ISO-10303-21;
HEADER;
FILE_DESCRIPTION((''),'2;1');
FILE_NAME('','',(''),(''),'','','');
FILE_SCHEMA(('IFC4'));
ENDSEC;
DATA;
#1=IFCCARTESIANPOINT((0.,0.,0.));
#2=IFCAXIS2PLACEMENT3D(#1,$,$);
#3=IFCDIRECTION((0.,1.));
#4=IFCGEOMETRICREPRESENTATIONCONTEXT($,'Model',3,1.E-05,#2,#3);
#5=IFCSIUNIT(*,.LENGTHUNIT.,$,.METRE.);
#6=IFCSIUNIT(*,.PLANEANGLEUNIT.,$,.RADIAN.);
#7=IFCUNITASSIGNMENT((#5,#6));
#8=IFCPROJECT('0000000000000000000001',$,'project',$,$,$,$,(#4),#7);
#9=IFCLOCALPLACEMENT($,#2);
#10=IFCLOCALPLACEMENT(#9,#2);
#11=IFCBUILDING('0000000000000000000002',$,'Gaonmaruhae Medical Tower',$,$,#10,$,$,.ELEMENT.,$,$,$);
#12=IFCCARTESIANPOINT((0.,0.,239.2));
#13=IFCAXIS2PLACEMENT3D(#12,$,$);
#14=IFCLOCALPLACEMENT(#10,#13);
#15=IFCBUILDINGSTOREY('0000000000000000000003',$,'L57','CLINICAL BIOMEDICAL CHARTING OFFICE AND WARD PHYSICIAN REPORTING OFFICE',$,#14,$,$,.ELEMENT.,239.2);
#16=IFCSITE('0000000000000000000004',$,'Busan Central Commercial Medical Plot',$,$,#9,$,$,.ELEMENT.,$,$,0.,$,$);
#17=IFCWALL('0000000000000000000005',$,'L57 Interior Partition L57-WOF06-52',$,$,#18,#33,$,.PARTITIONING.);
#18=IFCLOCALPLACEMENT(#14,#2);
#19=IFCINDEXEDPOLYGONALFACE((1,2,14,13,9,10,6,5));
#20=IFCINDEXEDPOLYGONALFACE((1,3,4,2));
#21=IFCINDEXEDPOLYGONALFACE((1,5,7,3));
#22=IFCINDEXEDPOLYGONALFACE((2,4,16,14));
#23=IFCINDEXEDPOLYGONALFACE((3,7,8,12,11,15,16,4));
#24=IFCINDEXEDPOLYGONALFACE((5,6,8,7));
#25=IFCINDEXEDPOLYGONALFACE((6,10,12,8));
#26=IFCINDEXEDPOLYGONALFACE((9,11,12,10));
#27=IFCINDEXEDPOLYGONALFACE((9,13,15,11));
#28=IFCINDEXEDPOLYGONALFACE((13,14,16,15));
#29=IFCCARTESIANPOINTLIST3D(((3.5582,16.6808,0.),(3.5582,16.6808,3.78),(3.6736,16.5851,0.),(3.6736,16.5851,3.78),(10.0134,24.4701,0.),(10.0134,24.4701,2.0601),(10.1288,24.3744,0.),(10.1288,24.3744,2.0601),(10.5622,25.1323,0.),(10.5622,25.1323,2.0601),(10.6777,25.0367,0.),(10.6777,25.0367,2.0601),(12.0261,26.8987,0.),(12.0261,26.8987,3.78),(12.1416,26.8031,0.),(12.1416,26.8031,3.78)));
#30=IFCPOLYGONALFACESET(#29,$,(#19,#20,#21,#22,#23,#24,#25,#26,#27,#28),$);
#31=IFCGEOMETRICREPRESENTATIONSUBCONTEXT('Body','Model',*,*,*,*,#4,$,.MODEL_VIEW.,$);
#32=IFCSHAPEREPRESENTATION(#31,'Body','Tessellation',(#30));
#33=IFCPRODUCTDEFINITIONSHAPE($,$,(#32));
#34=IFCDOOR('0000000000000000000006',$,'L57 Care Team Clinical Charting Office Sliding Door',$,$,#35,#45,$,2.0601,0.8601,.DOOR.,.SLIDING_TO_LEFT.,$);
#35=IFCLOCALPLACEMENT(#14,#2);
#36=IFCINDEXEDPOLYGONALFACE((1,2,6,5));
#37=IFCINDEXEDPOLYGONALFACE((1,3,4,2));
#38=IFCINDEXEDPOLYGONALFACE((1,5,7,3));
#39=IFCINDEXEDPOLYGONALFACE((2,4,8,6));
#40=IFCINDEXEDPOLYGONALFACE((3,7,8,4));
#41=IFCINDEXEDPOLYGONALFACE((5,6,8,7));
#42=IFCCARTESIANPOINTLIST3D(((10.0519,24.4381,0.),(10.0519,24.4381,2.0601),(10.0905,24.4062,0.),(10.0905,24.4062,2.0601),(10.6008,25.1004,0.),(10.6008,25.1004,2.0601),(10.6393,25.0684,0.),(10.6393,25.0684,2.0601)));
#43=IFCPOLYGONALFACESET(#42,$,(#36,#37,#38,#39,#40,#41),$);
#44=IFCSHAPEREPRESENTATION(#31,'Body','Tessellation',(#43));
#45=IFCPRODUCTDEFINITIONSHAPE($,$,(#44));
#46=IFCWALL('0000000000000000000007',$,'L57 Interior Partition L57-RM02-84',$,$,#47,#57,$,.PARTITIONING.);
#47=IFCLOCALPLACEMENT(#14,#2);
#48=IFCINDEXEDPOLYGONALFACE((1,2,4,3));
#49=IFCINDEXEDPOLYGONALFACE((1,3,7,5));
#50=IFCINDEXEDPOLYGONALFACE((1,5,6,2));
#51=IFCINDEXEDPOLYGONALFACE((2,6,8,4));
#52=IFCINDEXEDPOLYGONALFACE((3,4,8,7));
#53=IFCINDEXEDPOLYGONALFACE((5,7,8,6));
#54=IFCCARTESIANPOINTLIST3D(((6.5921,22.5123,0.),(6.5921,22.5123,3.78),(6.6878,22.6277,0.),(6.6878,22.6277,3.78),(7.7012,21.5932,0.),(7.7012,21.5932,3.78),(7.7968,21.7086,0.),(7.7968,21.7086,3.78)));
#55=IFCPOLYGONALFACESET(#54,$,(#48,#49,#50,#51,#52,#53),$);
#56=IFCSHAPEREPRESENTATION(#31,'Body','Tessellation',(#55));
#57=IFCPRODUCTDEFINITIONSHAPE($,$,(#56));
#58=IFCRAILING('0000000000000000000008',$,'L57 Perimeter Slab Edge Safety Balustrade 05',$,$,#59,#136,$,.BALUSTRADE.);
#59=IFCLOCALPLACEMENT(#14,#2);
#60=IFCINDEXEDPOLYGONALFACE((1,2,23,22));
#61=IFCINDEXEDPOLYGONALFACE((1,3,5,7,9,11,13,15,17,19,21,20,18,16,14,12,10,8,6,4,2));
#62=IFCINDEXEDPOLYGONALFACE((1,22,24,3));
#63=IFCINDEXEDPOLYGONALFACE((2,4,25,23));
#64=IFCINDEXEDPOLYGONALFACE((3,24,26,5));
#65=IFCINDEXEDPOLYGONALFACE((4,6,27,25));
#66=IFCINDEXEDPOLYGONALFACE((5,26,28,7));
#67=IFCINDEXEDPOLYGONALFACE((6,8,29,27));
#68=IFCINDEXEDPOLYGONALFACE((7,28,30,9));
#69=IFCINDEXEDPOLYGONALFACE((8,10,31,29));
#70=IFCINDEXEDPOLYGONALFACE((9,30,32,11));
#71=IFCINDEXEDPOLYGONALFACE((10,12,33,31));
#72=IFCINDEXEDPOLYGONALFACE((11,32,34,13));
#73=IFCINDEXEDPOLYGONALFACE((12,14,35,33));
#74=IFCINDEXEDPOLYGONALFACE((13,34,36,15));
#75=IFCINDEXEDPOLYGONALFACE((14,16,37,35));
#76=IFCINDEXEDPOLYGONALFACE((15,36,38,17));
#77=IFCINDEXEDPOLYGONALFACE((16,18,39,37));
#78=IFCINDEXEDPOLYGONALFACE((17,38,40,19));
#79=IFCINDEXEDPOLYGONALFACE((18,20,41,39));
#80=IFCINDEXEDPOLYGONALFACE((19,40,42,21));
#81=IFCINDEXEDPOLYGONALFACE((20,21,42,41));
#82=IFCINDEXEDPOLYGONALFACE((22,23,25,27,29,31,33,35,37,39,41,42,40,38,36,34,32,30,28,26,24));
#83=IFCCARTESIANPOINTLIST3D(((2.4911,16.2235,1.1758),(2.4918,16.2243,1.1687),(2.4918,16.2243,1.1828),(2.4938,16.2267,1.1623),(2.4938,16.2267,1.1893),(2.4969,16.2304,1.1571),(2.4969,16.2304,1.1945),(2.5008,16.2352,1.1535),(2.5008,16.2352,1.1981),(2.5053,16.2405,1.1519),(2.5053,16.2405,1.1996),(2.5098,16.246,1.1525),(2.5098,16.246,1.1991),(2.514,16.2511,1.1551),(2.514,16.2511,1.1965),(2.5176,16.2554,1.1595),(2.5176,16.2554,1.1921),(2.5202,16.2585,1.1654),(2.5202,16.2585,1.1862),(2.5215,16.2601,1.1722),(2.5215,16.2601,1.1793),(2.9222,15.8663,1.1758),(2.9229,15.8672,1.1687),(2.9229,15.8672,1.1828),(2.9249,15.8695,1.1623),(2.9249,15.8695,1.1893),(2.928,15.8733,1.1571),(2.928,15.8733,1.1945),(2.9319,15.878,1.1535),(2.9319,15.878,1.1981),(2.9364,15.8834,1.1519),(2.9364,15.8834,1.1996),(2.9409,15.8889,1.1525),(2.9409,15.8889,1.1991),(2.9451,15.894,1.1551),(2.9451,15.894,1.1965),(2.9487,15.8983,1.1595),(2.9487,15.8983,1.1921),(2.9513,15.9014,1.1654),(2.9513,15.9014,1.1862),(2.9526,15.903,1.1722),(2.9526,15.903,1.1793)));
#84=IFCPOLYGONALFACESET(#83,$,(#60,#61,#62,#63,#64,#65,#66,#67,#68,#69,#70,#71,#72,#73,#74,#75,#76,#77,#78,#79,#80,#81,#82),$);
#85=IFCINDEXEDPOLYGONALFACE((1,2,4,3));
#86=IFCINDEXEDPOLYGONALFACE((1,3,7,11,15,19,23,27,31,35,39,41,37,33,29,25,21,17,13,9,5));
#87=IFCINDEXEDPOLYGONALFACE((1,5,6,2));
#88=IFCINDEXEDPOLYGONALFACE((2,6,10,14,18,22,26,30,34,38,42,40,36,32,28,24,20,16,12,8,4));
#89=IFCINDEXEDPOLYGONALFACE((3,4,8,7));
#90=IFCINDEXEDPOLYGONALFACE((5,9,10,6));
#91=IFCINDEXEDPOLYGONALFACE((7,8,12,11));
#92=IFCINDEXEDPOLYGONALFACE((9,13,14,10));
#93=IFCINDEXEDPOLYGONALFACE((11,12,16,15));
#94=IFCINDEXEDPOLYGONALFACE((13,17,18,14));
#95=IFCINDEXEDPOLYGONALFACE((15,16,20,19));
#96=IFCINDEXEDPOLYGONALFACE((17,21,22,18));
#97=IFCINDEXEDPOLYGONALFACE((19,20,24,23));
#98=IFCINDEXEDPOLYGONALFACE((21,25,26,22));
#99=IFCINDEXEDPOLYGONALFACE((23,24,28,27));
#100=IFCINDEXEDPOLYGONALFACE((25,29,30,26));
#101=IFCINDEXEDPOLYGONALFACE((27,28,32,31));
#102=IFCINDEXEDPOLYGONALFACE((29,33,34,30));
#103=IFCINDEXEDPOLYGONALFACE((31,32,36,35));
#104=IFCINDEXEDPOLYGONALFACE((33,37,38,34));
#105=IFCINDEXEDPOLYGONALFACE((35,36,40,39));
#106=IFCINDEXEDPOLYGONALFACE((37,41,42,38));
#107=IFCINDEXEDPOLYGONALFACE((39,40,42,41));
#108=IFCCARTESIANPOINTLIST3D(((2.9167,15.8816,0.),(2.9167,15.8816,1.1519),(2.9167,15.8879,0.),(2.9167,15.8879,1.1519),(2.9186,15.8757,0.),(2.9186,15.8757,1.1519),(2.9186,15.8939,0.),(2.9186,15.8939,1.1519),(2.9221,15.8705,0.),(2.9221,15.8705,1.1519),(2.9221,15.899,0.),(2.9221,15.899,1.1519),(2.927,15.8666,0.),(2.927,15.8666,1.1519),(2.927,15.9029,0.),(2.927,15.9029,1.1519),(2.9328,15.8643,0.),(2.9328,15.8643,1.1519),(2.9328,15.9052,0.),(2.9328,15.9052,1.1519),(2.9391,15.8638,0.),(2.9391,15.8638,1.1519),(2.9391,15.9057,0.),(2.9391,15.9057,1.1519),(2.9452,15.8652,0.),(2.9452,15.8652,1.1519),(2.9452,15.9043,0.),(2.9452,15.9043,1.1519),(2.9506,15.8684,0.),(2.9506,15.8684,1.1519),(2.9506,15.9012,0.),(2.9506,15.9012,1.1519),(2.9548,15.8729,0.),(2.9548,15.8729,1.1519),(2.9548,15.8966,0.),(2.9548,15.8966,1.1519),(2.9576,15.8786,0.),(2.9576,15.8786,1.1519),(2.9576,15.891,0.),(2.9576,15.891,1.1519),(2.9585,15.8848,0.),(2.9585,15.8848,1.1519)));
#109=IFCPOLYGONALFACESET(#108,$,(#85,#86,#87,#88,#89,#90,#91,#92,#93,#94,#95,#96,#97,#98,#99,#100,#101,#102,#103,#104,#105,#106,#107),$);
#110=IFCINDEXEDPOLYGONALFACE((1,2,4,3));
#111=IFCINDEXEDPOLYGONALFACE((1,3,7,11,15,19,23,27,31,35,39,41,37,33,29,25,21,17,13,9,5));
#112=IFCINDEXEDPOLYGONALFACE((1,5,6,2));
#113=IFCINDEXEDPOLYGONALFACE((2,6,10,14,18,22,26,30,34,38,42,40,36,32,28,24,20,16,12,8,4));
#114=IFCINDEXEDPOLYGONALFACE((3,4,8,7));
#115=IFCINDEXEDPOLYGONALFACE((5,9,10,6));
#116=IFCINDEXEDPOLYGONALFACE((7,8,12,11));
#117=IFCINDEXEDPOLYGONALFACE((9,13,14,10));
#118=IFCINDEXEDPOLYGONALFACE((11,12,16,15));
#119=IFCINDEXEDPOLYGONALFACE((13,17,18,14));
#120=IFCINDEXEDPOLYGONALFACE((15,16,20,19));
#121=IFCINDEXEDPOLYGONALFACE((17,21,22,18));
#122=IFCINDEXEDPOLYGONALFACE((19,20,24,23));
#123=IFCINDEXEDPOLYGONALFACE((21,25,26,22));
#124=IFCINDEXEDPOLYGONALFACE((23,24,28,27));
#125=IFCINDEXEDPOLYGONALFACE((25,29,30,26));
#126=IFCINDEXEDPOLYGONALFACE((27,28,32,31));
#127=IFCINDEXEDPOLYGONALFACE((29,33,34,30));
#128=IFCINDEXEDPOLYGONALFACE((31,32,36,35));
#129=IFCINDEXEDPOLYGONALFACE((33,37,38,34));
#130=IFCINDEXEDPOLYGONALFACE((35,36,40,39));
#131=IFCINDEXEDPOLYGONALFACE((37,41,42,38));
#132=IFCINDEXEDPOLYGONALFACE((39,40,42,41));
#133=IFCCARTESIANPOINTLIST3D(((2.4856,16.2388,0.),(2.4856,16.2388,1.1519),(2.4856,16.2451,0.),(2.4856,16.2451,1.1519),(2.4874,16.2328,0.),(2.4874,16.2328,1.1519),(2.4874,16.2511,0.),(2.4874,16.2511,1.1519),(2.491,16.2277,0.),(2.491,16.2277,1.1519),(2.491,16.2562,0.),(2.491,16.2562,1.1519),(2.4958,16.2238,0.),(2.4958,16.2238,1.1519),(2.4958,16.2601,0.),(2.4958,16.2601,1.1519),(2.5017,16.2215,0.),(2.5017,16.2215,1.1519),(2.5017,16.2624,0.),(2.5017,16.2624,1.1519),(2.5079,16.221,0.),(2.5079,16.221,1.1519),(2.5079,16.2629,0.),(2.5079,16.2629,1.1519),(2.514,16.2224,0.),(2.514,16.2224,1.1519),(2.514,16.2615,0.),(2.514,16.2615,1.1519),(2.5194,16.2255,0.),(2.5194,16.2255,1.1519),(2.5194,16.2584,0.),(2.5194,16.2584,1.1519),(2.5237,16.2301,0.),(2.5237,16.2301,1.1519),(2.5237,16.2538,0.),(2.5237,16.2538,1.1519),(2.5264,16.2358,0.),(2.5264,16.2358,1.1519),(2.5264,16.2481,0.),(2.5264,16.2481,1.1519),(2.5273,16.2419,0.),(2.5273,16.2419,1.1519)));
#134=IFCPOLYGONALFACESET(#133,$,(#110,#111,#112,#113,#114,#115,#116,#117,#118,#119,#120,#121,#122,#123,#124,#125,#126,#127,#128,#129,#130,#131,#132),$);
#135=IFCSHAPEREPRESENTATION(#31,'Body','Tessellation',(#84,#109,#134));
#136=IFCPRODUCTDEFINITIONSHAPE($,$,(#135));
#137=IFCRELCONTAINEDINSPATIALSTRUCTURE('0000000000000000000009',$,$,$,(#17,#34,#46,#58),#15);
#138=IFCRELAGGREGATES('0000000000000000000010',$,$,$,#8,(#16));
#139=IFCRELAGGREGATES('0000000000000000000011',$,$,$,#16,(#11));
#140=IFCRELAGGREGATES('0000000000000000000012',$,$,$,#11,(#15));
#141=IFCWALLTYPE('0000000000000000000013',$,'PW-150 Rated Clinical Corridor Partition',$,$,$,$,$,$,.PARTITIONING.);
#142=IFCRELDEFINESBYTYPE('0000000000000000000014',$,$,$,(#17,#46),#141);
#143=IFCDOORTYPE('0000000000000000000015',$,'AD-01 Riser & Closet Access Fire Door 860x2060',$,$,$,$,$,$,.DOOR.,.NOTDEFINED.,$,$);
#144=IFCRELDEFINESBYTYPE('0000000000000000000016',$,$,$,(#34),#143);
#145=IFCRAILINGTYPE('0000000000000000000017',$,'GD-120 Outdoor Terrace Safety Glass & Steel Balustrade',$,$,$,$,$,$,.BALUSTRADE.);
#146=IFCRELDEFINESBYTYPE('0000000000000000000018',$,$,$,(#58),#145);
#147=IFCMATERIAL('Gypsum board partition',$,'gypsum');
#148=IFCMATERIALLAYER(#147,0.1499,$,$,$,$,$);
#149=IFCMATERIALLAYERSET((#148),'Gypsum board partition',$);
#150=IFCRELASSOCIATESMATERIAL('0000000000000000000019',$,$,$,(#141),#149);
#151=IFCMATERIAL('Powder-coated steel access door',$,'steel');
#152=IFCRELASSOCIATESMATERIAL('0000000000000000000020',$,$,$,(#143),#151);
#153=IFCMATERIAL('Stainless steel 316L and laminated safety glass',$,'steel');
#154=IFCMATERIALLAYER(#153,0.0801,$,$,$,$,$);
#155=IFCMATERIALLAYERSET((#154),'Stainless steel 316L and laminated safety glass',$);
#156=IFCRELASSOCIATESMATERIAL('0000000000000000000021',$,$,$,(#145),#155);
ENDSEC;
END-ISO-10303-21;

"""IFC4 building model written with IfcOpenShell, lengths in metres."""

from ifc_helpers import new_model, si_unit, direction, frame, frame_2d, origin, origin_2d, place, context, subcontext, project, spatial, rectangle, circle, extrude, material, layer, layer_set, type_object, element, fill, save


model = new_model("IFC4")

# Units and contexts
model_context = context("Model", 3, precision=1e-05, world=origin(), true_north=direction((0.0, 1.0)))
body_context = subcontext(model_context, "Body", "Model", "MODEL_VIEW")
ifc_project = project(units=[si_unit("LENGTHUNIT", "METRE"), si_unit("PLANEANGLEUNIT", "RADIAN")], contexts=[model_context])

# Site, building, storey
site_placement = place(None, origin())
site = spatial("IfcSite", under=ifc_project, at=site_placement, Name="Busan Central Commercial Medical Plot", CompositionType="ELEMENT", RefElevation=0.0)
building_placement = place(site_placement, origin())
building = spatial("IfcBuilding", under=site, at=building_placement, Name="Gaonmaruhae Medical Tower", CompositionType="ELEMENT")
storey_placement = place(building_placement, frame((0.0, 0.0, 239.2)))
storey = spatial("IfcBuildingStorey", under=building, at=storey_placement, Name="L57", Description="CLINICAL BIOMEDICAL CHARTING OFFICE AND WARD PHYSICIAN REPORTING OFFICE", CompositionType="ELEMENT", Elevation=239.2)

# Shared definitions
ifc_material_1 = material(Name="Gypsum board partition", Category="gypsum")
ifc_layer_1 = layer(ifc_material_1, 0.1499)
ifc_layer_set_1 = layer_set([ifc_layer_1], Name="Gypsum board partition")
wall_type_1 = type_object("IfcWallType", Name="PW-150 Rated Clinical Corridor Partition", PredefinedType="PARTITIONING", material=ifc_layer_set_1)

# Wall, opening, door
wall_1_placement = place(storey_placement, frame((3.616, 16.6331, 0.0), z_axis=(0.0, 0.0, 1.0), x_axis=(0.638092, 0.76996, 0.0)))
wall_1 = element("IfcWall", 1, at=wall_1_placement, inside=storey, type_object=wall_type_1, Name="L57 Interior Partition L57-WOF06-52", PredefinedType="PARTITIONING", context=body_context, shape_type="SweptSolid", body=[
    extrude(rectangle(XDim=13.2708, YDim=0.1499, at=frame_2d((6.6353, 0.0))), origin(), (0.0, 0.0, 1.0), 3.78),
])
opening_placement = place(wall_1_placement, frame((10.1162, 0.0, 0.0)))
opening = element("IfcOpeningElement", 2, at=opening_placement, cuts=wall_1, PredefinedType="OPENING", context=body_context, shape_type="SweptSolid", body=[
    extrude(rectangle(XDim=0.8601, YDim=2.0601, at=frame_2d((0.4302, 1.03))), frame((0.0, 0.085, 0.0), z_axis=(0.0, -1.0, 0.0), x_axis=(1.0, 0.0, 0.0)), (0.0, 0.0, 1.0), 0.1699),
])
ifc_material_2 = material(Name="Powder-coated steel access door", Category="steel")
door_type = type_object("IfcDoorType", Name="AD-01 Riser & Closet Access Fire Door 860x2060", OperationType="NOTDEFINED", PredefinedType="DOOR", material=ifc_material_2)
door_placement = place(opening_placement, origin())
door = element("IfcDoor", 3, at=door_placement, inside=storey, type_object=door_type, Name="L57 Care Team Clinical Charting Office Sliding Door", OperationType="SLIDING_TO_LEFT", OverallHeight=2.0601, OverallWidth=0.8601, PredefinedType="DOOR", context=body_context, shape_type="SweptSolid", body=[
    extrude(rectangle(XDim=0.8601, YDim=2.0601, at=frame_2d((0.4302, 1.03))), frame((0.0, 0.0249, 0.0), z_axis=(0.0, -1.0, 0.0), x_axis=(1.0, 0.0, 0.0)), (0.0, 0.0, 1.0), 0.05),
])
fill(opening, door)

# Wall
wall_2_placement = place(storey_placement, frame((7.749, 21.6509, 0.0), z_axis=(0.0, 0.0, 1.0), x_axis=(-0.769955, 0.638098, 0.0)))
element("IfcWall", 4, at=wall_2_placement, inside=storey, type_object=wall_type_1, Name="L57 Interior Partition L57-RM02-84", PredefinedType="PARTITIONING", context=body_context, shape_type="SweptSolid", body=[
    extrude(rectangle(XDim=1.4404, YDim=0.1499, at=frame_2d((0.7202, 0.0))), origin(), (0.0, 0.0, 1.0), 3.78),
])

# Railing
ifc_material_3 = material(Name="Stainless steel 316L and laminated safety glass", Category="steel")
ifc_layer_2 = layer(ifc_material_3, 0.0801)
ifc_layer_set_2 = layer_set([ifc_layer_2], Name="Stainless steel 316L and laminated safety glass")
railing_type = type_object("IfcRailingType", Name="GD-120 Outdoor Terrace Safety Glass & Steel Balustrade", PredefinedType="BALUSTRADE", material=ifc_layer_set_2)
railing_1_placement = place(storey_placement, frame((2.9375, 15.8848, 0.0)))
element("IfcRailing", 5, at=railing_1_placement, inside=storey, type_object=railing_type, Name="L57 Perimeter Slab Edge Safety Balustrade 05", PredefinedType="BALUSTRADE", context=body_context, shape_type="SweptSolid", body=[
    extrude(circle(Radius=0.0239, at=origin_2d()), frame((0.0, 0.0, 1.1758), z_axis=(-0.770077, 0.637951, 0.0), x_axis=(-0.637951, -0.770077, 0.0)), (0.0, 0.0, 1.0), 0.5598),
    extrude(circle(Radius=0.021, at=origin_2d()), origin(), (0.0, 0.0, 1.0), 1.1519),
    extrude(circle(Radius=0.021, at=origin_2d()), frame((-0.4312, 0.3572, 0.0)), (0.0, 0.0, 1.0), 1.1519),
])

save(model, "model.ifc")
